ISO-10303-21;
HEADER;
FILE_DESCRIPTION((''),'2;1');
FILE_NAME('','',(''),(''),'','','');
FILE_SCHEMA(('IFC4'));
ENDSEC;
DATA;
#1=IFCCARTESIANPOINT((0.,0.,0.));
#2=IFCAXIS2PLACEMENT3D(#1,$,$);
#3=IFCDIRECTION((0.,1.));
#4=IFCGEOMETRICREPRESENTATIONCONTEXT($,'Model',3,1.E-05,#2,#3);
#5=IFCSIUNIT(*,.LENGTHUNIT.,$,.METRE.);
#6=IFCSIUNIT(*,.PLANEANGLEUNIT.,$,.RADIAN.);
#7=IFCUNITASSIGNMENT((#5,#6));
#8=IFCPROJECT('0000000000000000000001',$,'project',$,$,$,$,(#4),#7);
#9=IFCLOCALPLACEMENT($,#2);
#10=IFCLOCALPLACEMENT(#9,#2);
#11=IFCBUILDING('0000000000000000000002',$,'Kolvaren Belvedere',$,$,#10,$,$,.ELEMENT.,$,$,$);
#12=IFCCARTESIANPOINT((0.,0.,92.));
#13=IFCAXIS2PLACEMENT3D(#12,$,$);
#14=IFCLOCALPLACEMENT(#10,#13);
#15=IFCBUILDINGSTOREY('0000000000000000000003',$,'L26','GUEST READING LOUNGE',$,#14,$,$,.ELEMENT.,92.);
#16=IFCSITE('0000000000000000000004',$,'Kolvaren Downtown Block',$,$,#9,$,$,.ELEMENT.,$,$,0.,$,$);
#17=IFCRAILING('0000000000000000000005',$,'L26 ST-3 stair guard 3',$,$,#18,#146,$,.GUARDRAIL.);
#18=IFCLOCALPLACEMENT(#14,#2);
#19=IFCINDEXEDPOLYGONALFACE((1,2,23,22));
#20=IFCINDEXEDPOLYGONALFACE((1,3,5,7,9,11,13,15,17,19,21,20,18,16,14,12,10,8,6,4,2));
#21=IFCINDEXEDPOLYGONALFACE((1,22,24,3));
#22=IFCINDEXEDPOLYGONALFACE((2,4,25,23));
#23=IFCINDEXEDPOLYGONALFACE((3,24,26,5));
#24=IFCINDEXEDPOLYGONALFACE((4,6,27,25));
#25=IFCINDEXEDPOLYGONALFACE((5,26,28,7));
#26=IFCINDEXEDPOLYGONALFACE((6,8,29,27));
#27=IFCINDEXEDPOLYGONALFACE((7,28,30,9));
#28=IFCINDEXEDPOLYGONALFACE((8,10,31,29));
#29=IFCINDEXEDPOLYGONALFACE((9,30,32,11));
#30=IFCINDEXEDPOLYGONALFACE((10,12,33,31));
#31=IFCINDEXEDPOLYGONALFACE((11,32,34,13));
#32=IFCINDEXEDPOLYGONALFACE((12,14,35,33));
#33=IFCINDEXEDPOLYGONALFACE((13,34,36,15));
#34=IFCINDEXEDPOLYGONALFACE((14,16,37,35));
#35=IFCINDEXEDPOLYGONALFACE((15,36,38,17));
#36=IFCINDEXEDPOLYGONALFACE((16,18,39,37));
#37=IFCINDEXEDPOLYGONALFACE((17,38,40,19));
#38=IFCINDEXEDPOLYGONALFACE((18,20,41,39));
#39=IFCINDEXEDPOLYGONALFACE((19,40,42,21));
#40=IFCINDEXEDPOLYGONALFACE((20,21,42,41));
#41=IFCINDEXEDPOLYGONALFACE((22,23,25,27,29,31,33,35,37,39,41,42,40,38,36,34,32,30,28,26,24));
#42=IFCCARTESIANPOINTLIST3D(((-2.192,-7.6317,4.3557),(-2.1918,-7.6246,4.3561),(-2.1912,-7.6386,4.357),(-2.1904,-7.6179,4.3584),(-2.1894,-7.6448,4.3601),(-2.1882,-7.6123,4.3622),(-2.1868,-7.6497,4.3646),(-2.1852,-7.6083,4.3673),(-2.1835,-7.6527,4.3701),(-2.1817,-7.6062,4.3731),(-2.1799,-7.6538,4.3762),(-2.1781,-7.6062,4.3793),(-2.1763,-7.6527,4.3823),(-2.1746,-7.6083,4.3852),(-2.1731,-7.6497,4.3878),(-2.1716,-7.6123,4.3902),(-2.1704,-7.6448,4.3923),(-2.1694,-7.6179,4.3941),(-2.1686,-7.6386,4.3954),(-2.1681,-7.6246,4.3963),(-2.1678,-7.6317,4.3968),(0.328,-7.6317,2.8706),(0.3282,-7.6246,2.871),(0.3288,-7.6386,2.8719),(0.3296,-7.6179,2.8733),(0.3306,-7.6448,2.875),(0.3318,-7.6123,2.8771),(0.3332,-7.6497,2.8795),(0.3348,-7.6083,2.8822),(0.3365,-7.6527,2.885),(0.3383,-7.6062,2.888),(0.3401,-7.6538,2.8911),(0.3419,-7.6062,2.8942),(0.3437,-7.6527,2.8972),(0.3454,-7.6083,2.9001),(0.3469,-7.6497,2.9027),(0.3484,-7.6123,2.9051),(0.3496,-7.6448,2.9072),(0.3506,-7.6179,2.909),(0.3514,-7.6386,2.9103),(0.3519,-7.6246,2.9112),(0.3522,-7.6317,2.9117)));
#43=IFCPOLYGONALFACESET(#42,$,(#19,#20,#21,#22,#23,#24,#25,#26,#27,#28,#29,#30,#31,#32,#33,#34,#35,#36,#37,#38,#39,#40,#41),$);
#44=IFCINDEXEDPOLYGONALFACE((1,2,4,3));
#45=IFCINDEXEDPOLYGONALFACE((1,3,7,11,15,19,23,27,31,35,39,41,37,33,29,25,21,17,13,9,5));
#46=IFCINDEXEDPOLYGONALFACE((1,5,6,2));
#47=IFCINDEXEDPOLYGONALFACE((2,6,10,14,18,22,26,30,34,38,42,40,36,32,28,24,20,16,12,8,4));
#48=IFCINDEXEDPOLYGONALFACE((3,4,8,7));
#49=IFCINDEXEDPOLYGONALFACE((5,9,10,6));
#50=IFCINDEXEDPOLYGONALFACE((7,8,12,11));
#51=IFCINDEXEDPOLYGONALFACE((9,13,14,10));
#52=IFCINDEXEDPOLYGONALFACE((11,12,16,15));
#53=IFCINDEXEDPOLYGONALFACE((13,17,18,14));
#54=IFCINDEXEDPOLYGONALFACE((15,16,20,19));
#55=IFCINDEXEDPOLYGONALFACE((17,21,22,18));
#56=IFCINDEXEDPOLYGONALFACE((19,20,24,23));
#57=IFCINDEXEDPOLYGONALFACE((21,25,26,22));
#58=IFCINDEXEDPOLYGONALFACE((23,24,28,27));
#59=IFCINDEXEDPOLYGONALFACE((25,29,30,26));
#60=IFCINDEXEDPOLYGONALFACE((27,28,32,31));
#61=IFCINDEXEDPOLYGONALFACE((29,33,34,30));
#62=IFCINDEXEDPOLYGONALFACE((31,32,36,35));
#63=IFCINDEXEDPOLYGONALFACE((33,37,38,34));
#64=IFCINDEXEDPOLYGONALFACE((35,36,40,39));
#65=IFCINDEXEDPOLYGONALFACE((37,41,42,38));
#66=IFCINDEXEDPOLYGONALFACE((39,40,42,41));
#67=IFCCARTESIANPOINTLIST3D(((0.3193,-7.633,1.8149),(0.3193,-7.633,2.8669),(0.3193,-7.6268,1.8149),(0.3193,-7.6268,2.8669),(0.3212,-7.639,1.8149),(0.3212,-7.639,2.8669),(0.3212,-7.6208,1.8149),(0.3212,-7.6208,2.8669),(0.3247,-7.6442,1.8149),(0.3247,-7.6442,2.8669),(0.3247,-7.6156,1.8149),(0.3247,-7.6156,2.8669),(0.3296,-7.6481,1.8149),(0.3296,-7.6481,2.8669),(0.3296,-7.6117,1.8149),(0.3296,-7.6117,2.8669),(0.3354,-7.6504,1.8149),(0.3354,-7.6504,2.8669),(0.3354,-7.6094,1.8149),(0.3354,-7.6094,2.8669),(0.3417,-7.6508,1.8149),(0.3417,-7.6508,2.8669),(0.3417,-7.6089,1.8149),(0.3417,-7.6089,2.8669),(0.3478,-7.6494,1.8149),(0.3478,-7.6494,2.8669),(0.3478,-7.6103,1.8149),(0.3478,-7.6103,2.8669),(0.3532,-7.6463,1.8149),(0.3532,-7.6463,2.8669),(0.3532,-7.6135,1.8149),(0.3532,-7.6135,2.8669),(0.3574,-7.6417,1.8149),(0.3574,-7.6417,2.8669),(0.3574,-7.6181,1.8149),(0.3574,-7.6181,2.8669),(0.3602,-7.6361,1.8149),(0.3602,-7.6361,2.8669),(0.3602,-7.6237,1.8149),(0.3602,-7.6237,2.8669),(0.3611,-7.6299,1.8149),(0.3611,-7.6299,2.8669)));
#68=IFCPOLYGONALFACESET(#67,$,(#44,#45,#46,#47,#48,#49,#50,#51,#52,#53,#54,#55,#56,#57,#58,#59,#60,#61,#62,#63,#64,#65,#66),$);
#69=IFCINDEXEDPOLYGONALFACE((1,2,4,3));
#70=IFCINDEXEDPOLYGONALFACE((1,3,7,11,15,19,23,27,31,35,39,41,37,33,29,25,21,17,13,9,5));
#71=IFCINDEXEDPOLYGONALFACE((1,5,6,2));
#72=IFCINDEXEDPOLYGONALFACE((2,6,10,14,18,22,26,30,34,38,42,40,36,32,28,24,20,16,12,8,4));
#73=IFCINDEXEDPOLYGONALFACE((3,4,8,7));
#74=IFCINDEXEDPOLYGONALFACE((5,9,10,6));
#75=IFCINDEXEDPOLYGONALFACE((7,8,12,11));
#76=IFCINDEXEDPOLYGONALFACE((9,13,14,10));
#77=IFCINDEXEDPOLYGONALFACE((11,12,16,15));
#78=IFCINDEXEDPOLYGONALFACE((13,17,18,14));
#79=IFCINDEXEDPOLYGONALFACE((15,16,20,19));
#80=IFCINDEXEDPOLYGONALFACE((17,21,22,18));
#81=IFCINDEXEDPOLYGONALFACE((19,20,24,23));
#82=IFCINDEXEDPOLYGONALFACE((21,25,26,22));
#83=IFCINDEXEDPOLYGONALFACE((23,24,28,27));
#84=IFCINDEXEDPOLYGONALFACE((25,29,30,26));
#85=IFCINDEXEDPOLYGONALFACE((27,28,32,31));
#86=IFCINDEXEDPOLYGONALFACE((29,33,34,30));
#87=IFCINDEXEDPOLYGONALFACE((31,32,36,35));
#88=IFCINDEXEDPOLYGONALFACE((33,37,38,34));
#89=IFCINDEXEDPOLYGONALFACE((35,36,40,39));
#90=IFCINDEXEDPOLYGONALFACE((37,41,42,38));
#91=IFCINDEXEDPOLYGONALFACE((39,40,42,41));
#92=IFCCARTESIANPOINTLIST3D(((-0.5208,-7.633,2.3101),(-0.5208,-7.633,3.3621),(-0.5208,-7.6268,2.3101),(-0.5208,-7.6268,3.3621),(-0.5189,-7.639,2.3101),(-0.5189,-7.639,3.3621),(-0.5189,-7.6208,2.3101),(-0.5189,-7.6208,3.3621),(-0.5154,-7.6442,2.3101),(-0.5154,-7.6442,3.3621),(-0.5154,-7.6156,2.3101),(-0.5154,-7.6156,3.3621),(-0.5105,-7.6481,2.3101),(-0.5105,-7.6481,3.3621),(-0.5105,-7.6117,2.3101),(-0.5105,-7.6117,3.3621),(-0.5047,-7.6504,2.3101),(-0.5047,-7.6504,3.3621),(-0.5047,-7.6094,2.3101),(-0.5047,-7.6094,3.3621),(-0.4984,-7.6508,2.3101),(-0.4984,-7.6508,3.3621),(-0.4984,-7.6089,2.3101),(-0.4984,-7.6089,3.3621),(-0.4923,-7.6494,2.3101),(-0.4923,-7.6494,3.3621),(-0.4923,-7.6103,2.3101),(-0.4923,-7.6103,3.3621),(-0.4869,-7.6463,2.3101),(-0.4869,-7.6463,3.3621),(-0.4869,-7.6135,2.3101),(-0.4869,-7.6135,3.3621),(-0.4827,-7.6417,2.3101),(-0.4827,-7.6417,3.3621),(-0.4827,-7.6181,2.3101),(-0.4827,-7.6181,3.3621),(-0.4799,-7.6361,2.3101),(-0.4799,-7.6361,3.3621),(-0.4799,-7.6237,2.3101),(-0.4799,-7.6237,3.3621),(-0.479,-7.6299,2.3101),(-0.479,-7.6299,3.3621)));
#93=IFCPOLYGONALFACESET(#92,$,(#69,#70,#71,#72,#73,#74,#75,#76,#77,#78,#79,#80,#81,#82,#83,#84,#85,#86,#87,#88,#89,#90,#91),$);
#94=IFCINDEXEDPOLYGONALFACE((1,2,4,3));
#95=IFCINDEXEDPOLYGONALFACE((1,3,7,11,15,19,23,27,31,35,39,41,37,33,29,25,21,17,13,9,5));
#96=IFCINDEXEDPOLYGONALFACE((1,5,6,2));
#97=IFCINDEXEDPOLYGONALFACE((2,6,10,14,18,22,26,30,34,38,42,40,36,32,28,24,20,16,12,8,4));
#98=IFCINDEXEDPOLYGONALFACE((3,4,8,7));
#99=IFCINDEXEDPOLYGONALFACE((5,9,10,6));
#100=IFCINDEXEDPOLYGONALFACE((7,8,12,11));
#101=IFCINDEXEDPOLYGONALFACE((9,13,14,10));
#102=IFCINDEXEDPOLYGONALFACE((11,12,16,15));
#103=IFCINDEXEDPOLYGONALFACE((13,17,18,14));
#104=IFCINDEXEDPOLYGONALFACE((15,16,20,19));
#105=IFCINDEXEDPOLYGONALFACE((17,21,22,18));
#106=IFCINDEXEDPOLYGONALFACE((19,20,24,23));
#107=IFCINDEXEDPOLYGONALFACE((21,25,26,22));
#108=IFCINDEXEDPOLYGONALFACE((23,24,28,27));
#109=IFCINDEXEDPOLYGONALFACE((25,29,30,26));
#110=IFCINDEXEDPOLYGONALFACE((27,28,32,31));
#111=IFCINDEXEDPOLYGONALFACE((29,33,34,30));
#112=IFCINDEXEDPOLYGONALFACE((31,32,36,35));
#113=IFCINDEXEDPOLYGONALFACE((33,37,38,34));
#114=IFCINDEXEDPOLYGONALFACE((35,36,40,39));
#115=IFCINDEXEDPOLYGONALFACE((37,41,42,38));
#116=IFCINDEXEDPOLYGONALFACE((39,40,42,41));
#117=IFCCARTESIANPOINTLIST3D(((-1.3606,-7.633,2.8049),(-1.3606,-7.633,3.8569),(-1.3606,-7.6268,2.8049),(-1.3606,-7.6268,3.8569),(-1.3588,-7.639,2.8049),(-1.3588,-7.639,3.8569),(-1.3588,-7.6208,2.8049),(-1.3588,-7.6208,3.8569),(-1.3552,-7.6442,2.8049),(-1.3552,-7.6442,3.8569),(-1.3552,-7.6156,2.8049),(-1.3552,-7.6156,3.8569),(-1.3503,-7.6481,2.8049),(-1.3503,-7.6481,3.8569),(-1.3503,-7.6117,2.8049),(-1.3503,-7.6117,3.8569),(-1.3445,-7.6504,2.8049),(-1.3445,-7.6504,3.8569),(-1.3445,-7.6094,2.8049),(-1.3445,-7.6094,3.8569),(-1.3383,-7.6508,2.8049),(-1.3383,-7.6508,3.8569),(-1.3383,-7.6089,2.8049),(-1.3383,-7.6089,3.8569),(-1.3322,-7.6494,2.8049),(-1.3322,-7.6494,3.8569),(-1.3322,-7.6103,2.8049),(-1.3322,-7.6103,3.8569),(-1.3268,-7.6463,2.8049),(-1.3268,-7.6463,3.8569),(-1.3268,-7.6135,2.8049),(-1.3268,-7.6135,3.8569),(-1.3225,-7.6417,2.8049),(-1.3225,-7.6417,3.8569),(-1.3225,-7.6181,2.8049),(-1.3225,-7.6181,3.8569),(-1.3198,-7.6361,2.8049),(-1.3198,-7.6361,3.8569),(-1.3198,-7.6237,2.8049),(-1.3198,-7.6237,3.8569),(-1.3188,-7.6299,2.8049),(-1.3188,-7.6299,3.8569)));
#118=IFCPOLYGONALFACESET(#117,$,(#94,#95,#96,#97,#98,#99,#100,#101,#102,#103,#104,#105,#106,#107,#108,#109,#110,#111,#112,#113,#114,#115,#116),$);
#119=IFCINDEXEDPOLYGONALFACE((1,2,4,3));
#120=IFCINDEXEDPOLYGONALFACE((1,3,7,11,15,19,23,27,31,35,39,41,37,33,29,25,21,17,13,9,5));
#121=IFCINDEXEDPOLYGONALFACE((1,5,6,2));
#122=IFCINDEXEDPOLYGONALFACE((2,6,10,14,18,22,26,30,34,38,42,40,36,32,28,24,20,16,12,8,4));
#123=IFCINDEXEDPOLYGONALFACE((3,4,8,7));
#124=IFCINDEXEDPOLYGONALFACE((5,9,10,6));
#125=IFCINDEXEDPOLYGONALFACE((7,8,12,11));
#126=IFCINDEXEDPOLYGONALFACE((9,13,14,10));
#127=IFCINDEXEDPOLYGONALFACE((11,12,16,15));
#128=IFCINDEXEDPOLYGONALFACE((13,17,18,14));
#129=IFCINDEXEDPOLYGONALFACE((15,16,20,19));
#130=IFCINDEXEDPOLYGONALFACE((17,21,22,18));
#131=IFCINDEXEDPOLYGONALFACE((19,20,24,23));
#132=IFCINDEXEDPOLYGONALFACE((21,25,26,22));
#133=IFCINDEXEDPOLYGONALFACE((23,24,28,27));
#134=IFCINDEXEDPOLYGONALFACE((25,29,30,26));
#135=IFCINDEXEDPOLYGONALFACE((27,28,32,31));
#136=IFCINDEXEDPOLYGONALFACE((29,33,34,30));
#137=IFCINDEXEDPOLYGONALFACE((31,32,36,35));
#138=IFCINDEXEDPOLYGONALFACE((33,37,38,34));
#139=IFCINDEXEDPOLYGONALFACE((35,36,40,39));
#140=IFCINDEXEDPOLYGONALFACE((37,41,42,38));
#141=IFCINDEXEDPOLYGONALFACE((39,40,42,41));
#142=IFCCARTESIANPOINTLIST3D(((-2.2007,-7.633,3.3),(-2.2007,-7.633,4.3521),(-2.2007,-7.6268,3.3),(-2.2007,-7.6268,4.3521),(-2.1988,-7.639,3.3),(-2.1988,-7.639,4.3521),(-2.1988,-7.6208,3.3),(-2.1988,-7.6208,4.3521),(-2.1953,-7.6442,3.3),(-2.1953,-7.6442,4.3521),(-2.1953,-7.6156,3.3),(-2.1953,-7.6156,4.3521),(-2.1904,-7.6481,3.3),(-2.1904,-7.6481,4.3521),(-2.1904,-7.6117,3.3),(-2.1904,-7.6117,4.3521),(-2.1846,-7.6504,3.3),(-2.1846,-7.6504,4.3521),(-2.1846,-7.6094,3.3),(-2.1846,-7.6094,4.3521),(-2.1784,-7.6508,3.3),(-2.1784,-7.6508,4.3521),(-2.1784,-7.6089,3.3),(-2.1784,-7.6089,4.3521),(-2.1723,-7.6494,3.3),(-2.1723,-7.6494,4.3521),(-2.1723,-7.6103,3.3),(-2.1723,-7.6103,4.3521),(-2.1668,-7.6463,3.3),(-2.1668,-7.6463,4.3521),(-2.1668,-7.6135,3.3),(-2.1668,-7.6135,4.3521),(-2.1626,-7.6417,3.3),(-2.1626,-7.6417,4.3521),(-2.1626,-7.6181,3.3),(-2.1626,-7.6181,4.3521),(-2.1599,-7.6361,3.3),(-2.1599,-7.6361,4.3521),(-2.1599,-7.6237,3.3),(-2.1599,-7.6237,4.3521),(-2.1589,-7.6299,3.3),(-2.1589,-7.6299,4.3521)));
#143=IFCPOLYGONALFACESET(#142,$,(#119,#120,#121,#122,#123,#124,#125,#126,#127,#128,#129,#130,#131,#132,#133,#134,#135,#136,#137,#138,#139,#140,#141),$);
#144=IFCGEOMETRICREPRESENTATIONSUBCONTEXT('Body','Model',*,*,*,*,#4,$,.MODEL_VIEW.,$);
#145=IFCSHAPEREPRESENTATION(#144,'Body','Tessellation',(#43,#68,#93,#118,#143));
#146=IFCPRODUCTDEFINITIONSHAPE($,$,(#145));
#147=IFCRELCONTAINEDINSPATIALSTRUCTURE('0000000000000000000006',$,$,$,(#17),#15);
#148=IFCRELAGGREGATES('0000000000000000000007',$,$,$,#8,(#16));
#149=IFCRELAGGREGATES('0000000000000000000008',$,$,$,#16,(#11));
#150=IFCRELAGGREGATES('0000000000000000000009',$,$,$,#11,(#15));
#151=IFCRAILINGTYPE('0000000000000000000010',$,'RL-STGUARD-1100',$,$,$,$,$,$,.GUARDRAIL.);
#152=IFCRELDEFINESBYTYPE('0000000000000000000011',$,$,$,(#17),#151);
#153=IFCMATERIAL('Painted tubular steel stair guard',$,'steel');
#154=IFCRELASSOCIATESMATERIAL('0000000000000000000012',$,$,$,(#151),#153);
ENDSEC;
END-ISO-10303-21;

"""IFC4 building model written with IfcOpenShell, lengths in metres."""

from ifc_helpers import new_model, si_unit, direction, frame, origin, origin_2d, place, context, subcontext, project, spatial, circle, extrude, material, type_object, element, save


model = new_model("IFC4")

# Units and contexts
model_context = context("Model", 3, precision=1e-05, world=origin(), true_north=direction((0.0, 1.0)))
body_context = subcontext(model_context, "Body", "Model", "MODEL_VIEW")
ifc_project = project(units=[si_unit("LENGTHUNIT", "METRE"), si_unit("PLANEANGLEUNIT", "RADIAN")], contexts=[model_context])

# Site, building, storey
site_placement = place(None, origin())
site = spatial("IfcSite", under=ifc_project, at=site_placement, Name="Kolvaren Downtown Block", CompositionType="ELEMENT", RefElevation=0.0)
building_placement = place(site_placement, origin())
building = spatial("IfcBuilding", under=site, at=building_placement, Name="Kolvaren Belvedere", CompositionType="ELEMENT")
storey_placement = place(building_placement, frame((0.0, 0.0, 92.0)))
storey = spatial("IfcBuildingStorey", under=building, at=storey_placement, Name="L26", Description="GUEST READING LOUNGE", CompositionType="ELEMENT", Elevation=92.0)

# Railing
ifc_material_1 = material(Name="Painted tubular steel stair guard", Category="steel")
railing_type_1 = type_object("IfcRailingType", Name="RL-STGUARD-1100", PredefinedType="GUARDRAIL", material=ifc_material_1)
railing_1_placement = place(storey_placement, frame((0.3401, -7.6299, 1.8149)))
element("IfcRailing", 1, at=railing_1_placement, inside=storey, type_object=railing_type_1, Name="L26 ST-3 stair guard 3", PredefinedType="GUARDRAIL", context=body_context, shape_type="SweptSolid", body=[
    extrude(circle(Radius=0.0239, at=origin_2d()), frame((0.0, 0.0, 1.0762), z_axis=(-0.861524, 0.0, 0.507717), x_axis=(0.0, -1.0, 0.0)), (0.0, 0.0, 1.0), 2.925),
    extrude(circle(Radius=0.021, at=origin_2d()), origin(), (0.0, 0.0, 1.0), 1.052),
    extrude(circle(Radius=0.021, at=origin_2d()), frame((-0.8401, 0.0, 0.4951)), (0.0, 0.0, 1.0), 1.052),
    extrude(circle(Radius=0.021, at=origin_2d()), frame((-1.6799, 0.0, 0.99)), (0.0, 0.0, 1.0), 1.052),
    extrude(circle(Radius=0.021, at=origin_2d()), frame((-2.52, 0.0, 1.4851)), (0.0, 0.0, 1.0), 1.052),
])

save(model, "model.ifc")
